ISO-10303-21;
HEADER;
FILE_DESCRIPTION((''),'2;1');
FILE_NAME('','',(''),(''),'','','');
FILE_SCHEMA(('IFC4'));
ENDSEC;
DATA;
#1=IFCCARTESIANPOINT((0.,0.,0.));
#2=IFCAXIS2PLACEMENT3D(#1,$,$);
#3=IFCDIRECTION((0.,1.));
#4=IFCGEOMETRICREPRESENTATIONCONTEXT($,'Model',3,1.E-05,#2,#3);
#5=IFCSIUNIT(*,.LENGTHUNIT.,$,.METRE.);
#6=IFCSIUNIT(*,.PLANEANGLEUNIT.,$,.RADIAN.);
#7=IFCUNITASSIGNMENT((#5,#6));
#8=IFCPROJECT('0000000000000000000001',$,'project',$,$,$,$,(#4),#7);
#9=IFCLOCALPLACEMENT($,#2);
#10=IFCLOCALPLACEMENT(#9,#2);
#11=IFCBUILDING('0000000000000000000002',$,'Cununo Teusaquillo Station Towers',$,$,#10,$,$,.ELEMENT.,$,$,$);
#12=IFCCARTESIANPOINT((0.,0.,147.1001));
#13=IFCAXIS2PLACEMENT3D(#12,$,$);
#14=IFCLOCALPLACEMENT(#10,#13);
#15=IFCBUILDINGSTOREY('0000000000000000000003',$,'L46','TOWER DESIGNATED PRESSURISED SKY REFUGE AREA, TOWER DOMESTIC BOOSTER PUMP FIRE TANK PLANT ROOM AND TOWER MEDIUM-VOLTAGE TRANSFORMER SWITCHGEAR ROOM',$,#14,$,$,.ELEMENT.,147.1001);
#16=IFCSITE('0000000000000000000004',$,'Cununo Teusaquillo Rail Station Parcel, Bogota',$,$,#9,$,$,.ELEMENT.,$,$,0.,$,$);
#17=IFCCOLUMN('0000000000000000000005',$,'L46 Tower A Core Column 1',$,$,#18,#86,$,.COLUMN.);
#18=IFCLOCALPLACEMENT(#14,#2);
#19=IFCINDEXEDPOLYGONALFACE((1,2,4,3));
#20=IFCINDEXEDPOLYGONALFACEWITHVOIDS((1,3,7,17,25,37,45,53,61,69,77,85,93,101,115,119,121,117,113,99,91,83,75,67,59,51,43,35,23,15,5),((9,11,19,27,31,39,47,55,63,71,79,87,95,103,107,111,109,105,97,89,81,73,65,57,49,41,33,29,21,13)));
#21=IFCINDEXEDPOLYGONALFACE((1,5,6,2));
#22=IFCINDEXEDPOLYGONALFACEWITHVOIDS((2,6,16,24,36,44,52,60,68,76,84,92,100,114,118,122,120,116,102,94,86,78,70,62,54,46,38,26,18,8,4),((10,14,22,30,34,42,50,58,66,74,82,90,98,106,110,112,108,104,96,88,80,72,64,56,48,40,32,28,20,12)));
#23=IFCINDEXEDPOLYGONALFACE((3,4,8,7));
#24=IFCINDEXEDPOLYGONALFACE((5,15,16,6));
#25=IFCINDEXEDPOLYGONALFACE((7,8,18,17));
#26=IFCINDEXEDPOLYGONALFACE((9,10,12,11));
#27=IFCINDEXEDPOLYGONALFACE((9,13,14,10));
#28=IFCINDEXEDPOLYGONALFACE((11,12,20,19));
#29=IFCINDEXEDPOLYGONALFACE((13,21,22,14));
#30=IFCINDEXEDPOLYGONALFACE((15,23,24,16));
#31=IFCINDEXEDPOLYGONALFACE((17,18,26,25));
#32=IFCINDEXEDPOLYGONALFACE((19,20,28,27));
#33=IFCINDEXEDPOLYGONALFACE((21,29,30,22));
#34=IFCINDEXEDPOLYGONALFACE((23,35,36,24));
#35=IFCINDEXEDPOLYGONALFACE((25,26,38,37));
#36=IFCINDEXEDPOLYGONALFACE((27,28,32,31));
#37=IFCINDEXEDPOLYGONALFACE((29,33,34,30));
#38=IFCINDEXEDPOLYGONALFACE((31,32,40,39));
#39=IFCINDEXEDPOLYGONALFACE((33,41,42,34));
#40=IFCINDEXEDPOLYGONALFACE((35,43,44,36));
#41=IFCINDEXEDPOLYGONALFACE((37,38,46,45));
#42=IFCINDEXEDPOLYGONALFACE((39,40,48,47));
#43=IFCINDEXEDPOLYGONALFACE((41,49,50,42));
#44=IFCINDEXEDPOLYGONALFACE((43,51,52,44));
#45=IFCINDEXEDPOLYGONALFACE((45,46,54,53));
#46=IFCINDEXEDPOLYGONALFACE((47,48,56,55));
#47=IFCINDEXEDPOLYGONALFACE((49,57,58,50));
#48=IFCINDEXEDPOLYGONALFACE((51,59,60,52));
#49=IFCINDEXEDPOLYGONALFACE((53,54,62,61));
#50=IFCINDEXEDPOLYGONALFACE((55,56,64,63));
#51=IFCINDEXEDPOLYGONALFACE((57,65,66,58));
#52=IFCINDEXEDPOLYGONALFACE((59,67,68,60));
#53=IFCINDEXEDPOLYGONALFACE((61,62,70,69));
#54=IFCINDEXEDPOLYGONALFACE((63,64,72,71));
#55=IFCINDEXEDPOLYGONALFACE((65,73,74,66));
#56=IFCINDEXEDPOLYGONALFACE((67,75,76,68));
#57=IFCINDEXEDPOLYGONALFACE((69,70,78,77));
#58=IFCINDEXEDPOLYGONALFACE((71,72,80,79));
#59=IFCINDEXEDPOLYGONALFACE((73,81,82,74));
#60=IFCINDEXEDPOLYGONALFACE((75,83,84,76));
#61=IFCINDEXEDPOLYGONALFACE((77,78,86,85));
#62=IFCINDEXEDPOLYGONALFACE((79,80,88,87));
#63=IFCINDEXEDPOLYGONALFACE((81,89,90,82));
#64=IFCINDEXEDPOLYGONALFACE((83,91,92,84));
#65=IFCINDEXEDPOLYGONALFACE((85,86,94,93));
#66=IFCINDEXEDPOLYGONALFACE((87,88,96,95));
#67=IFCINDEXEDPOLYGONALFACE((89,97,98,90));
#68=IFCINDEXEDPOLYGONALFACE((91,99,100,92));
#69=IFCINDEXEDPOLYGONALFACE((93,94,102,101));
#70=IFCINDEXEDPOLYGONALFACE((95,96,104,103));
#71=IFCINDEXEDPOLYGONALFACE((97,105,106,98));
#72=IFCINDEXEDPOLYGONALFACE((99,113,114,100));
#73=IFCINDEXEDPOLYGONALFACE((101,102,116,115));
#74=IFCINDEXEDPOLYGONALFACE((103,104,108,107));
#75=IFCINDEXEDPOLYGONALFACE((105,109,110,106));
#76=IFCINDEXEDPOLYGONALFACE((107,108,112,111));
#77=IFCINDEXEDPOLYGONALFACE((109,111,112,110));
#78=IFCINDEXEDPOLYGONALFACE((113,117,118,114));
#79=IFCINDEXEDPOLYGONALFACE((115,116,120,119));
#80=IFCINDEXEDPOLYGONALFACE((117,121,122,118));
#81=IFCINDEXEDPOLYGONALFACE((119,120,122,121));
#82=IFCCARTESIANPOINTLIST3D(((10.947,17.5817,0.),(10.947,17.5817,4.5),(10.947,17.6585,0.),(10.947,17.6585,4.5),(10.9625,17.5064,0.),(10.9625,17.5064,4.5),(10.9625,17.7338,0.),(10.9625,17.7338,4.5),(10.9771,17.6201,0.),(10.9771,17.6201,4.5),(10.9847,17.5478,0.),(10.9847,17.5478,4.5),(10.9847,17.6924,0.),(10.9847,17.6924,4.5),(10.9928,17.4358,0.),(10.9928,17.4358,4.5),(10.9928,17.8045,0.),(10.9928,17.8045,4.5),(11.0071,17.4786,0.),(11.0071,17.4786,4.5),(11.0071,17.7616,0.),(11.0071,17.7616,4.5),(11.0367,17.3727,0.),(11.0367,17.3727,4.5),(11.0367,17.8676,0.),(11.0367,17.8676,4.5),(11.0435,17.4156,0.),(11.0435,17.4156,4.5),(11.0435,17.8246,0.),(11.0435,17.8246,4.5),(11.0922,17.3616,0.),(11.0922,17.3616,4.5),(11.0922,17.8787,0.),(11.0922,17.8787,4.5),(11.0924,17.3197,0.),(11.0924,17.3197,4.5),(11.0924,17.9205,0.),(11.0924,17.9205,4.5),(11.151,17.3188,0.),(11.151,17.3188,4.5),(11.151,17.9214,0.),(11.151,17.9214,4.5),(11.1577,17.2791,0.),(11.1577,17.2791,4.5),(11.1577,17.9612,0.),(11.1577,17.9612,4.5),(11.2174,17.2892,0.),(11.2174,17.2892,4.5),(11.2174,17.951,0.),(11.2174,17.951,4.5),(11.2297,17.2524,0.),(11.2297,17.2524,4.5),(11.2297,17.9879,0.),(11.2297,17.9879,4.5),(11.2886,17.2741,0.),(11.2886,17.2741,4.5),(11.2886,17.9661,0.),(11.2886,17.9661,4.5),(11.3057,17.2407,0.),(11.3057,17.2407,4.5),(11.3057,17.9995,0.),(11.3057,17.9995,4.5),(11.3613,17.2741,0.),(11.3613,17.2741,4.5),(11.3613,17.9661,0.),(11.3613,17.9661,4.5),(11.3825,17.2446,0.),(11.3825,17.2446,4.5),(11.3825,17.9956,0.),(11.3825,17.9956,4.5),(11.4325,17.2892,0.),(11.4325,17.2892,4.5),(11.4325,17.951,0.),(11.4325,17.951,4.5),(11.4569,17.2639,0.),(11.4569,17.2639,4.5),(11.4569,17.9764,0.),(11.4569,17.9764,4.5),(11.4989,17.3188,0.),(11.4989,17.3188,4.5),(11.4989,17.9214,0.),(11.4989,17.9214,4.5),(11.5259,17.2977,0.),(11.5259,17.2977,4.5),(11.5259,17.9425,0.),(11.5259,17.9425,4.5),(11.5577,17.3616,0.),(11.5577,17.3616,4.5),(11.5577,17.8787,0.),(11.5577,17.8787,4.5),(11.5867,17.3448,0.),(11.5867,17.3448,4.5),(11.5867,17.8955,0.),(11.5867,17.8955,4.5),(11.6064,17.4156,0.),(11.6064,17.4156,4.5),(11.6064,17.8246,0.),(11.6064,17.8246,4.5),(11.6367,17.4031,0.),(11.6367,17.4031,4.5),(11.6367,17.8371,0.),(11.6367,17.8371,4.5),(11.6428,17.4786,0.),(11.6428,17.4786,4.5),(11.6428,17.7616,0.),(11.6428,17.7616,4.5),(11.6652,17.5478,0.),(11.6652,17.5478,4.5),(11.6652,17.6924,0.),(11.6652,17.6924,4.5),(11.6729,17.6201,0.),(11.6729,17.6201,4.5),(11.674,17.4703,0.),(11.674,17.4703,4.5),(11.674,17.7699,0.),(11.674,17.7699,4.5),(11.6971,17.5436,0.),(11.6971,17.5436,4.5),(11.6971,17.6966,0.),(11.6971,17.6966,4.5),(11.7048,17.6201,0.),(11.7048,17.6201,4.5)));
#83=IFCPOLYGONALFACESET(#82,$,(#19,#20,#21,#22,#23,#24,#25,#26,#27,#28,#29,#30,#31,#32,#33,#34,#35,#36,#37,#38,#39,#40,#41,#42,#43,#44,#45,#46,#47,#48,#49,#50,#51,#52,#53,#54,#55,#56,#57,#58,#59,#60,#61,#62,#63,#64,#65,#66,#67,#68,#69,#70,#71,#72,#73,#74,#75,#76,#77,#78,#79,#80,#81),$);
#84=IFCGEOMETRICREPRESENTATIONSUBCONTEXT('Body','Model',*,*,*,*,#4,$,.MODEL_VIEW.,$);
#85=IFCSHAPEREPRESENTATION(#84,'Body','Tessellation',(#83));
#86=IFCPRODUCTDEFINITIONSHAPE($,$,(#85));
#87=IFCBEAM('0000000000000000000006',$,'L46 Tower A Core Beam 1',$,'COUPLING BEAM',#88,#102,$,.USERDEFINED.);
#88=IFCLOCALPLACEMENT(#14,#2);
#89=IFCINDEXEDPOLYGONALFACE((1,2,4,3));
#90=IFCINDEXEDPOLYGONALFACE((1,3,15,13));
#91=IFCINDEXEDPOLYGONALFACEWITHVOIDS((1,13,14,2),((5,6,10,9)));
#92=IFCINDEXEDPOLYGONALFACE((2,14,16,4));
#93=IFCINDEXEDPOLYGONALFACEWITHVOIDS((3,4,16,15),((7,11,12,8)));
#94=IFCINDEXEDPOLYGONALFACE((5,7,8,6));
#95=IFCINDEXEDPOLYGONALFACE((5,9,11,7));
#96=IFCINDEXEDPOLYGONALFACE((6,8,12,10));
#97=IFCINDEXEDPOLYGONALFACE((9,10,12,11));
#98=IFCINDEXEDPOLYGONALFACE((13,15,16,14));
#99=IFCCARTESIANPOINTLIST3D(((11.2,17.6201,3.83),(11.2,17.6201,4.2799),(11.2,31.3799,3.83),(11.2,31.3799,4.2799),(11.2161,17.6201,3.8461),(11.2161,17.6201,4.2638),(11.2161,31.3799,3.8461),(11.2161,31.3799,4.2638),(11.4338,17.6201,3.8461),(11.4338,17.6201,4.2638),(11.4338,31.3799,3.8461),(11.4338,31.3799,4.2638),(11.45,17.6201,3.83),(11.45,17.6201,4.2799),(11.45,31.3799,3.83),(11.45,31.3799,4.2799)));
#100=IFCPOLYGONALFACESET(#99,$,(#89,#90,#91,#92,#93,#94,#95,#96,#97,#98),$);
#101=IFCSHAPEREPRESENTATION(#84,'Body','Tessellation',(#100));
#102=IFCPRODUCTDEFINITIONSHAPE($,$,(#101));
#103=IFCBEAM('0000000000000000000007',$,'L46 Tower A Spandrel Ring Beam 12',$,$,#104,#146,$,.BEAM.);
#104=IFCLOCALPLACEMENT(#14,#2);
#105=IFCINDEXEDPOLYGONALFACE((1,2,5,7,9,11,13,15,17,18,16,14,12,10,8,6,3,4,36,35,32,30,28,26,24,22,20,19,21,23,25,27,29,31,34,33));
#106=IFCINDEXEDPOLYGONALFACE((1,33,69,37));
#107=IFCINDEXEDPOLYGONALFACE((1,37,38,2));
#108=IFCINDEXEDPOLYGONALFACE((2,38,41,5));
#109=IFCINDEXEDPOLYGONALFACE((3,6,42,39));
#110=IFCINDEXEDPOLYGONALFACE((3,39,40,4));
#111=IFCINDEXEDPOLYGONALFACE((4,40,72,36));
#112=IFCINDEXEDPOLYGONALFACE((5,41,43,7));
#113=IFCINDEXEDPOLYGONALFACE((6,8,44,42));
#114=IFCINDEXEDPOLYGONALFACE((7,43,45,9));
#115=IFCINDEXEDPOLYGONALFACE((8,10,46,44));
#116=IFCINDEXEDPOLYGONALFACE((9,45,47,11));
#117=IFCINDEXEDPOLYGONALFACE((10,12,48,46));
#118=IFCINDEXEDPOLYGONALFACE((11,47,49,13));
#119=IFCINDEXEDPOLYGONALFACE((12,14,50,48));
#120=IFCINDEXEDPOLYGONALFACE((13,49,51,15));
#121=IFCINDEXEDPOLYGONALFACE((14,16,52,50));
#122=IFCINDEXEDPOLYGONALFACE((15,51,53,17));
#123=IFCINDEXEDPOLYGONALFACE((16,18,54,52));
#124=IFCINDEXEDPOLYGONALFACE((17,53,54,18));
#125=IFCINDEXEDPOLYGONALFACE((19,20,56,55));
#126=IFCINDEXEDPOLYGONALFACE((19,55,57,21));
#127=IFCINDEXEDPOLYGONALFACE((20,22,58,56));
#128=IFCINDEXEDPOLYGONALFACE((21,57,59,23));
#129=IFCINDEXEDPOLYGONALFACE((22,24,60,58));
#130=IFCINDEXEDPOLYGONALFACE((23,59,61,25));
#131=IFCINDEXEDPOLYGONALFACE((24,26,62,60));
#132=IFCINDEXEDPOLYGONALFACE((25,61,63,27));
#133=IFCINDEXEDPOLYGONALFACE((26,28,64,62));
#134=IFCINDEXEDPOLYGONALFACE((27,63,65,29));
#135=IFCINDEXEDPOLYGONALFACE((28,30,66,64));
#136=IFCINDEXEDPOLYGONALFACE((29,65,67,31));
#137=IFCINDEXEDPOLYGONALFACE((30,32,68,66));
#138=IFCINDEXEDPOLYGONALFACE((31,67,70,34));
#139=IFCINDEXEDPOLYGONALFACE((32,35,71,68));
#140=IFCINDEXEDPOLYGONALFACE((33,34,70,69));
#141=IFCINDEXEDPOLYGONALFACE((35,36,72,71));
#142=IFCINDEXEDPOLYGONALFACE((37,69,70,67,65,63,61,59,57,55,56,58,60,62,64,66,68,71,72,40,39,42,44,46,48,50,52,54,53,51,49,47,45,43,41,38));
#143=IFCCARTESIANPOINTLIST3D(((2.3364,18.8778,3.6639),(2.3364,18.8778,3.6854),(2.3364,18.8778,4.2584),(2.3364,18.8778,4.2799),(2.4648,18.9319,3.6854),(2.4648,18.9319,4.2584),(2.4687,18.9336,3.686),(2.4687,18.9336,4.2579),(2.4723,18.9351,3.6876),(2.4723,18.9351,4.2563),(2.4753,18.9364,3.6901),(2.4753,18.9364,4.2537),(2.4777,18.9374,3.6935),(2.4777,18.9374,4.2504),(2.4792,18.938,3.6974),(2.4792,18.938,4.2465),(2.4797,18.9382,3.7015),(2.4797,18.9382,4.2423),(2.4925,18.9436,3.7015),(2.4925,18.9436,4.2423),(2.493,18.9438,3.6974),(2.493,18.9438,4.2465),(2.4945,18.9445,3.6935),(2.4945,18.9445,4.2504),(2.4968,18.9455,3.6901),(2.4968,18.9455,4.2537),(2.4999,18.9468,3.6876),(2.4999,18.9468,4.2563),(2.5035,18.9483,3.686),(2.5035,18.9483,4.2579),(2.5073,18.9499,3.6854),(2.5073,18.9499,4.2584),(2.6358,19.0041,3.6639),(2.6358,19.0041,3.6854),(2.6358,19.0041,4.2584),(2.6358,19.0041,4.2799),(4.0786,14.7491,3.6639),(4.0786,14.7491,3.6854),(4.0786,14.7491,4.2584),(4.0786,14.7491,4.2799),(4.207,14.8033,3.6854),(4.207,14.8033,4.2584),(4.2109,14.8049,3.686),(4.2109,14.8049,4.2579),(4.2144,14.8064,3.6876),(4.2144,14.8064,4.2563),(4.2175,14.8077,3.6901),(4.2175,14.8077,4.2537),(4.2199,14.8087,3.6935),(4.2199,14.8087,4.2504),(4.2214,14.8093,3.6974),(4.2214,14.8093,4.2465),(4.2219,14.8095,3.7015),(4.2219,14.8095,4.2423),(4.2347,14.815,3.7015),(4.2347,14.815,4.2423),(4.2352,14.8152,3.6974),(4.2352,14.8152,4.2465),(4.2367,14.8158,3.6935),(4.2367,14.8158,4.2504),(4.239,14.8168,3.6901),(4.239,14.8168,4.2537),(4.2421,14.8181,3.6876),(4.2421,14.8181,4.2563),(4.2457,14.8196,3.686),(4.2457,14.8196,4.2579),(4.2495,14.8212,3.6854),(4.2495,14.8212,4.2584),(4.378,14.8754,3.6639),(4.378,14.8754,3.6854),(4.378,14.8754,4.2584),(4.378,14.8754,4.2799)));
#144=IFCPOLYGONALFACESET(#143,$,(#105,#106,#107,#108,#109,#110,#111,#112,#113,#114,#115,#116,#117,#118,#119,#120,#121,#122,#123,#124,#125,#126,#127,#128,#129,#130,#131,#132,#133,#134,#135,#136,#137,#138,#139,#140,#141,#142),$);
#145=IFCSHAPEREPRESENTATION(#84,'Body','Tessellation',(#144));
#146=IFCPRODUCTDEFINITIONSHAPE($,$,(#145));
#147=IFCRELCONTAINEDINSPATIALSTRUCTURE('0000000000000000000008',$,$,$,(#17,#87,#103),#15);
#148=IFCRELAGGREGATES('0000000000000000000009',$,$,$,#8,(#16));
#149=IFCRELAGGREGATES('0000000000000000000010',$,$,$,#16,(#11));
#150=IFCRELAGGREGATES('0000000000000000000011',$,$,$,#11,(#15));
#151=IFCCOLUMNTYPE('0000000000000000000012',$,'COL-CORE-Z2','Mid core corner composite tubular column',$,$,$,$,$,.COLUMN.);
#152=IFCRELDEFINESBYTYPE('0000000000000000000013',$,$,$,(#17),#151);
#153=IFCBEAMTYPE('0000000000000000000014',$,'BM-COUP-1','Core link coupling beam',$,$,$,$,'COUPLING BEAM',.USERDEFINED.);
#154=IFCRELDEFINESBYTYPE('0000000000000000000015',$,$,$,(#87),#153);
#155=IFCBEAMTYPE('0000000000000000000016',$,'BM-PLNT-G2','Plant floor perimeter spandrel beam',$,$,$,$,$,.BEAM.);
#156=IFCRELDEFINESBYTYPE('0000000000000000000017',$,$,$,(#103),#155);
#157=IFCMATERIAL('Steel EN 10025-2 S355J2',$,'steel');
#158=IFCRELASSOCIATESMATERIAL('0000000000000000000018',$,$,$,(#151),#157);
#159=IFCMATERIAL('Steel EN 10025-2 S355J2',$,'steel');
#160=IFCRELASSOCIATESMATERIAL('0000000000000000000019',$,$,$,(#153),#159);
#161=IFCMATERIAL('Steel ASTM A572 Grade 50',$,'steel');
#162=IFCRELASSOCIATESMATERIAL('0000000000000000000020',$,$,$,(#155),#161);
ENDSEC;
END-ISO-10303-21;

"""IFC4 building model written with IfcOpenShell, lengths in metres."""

from ifc_helpers import new_model, si_unit, direction, frame, origin, origin_2d, place, context, subcontext, project, spatial, hollow_rectangle, hollow_circle, i_section, extrude, material, material_profile, profile_set, type_object, element, save


model = new_model("IFC4")

# Units and contexts
model_context = context("Model", 3, precision=1e-05, world=origin(), true_north=direction((0.0, 1.0)))
body_context = subcontext(model_context, "Body", "Model", "MODEL_VIEW")
ifc_project = project(units=[si_unit("LENGTHUNIT", "METRE"), si_unit("PLANEANGLEUNIT", "RADIAN")], contexts=[model_context])

# Site, building, storey
site_placement = place(None, origin())
site = spatial("IfcSite", under=ifc_project, at=site_placement, Name="Cununo Teusaquillo Rail Station Parcel, Bogota", CompositionType="ELEMENT", RefElevation=0.0)
building_placement = place(site_placement, origin())
building = spatial("IfcBuilding", under=site, at=building_placement, Name="Cununo Teusaquillo Station Towers", CompositionType="ELEMENT")
storey_placement = place(building_placement, frame((0.0, 0.0, 147.1001)))
storey = spatial("IfcBuildingStorey", under=building, at=storey_placement, Name="L46", Description="TOWER DESIGNATED PRESSURISED SKY REFUGE AREA, TOWER DOMESTIC BOOSTER PUMP FIRE TANK PLANT ROOM AND TOWER MEDIUM-VOLTAGE TRANSFORMER SWITCHGEAR ROOM", CompositionType="ELEMENT", Elevation=147.1001)

# Column
ifc_material_1 = material(Name="Steel EN 10025-2 S355J2", Category="steel")
ifc_material_profile_1 = material_profile(ifc_material_1, hollow_circle(Radius=0.3799, WallThickness=0.032, at=origin_2d()), Name="CHS 760x32")
ifc_profile_set_1 = profile_set([ifc_material_profile_1], Name="Steel EN 10025-2 S355J2")
column_type = type_object("IfcColumnType", Name="COL-CORE-Z2", Description="Mid core corner composite tubular column", PredefinedType="COLUMN", material=ifc_profile_set_1)
column_placement = place(storey_placement, frame((11.325, 17.6201, 0.0), z_axis=(0.0, 0.0, 1.0), x_axis=(1.0, 0.0, 0.0)))
element("IfcColumn", 1, at=column_placement, inside=storey, type_object=column_type, Name="L46 Tower A Core Column 1", PredefinedType="COLUMN", context=body_context, shape_type="SweptSolid", body=[
    extrude(hollow_circle(Radius=0.3799, WallThickness=0.032, at=origin_2d()), origin(), (0.0, 0.0, 1.0), 4.5),
])

# Beams
ifc_material_2 = material(Name="Steel EN 10025-2 S355J2", Category="steel")
ifc_material_profile_2 = material_profile(ifc_material_2, hollow_rectangle(XDim=0.25, YDim=0.45, WallThickness=0.0161, at=origin_2d()), Name="RHS 450x250x16")
ifc_profile_set_2 = profile_set([ifc_material_profile_2], Name="Steel EN 10025-2 S355J2")
beam_type_1 = type_object("IfcBeamType", Name="BM-COUP-1", Description="Core link coupling beam", ElementType="COUPLING BEAM", PredefinedType="USERDEFINED", material=ifc_profile_set_2)
beam_1_placement = place(storey_placement, frame((11.325, 17.6201, 4.0549), z_axis=(0.0, 1.0, 0.0), x_axis=(-1.0, 0.0, 0.0)))
element("IfcBeam", 2, at=beam_1_placement, inside=storey, type_object=beam_type_1, Name="L46 Tower A Core Beam 1", ObjectType="COUPLING BEAM", PredefinedType="USERDEFINED", context=body_context, shape_type="SweptSolid", body=[
    extrude(hollow_rectangle(XDim=0.25, YDim=0.45, WallThickness=0.0161, at=origin_2d()), origin(), (0.0, 0.0, 1.0), 13.7598),
])
ifc_material_3 = material(Name="Steel ASTM A572 Grade 50", Category="steel")
ifc_material_profile_3 = material_profile(ifc_material_3, i_section(OverallWidth=0.325, OverallDepth=0.616, WebThickness=0.0139, FlangeThickness=0.0215, FilletRadius=0.0161, at=origin_2d()), Name="W24X117")
ifc_profile_set_3 = profile_set([ifc_material_profile_3], Name="Steel ASTM A572 Grade 50")
beam_type_2 = type_object("IfcBeamType", Name="BM-PLNT-G2", Description="Plant floor perimeter spandrel beam", PredefinedType="BEAM", material=ifc_profile_set_3)
beam_2_placement = place(storey_placement, frame((2.4861, 18.9409, 3.9719), z_axis=(0.388778, -0.921332, 0.0), x_axis=(0.921332, 0.388778, 0.0)))
element("IfcBeam", 3, at=beam_2_placement, inside=storey, type_object=beam_type_2, Name="L46 Tower A Spandrel Ring Beam 12", PredefinedType="BEAM", context=body_context, shape_type="SweptSolid", body=[
    extrude(i_section(OverallWidth=0.325, OverallDepth=0.616, WebThickness=0.0139, FlangeThickness=0.0215, FilletRadius=0.0161, at=origin_2d()), origin(), (0.0, 0.0, 1.0), 4.4812),
])

save(model, "model.ifc")
